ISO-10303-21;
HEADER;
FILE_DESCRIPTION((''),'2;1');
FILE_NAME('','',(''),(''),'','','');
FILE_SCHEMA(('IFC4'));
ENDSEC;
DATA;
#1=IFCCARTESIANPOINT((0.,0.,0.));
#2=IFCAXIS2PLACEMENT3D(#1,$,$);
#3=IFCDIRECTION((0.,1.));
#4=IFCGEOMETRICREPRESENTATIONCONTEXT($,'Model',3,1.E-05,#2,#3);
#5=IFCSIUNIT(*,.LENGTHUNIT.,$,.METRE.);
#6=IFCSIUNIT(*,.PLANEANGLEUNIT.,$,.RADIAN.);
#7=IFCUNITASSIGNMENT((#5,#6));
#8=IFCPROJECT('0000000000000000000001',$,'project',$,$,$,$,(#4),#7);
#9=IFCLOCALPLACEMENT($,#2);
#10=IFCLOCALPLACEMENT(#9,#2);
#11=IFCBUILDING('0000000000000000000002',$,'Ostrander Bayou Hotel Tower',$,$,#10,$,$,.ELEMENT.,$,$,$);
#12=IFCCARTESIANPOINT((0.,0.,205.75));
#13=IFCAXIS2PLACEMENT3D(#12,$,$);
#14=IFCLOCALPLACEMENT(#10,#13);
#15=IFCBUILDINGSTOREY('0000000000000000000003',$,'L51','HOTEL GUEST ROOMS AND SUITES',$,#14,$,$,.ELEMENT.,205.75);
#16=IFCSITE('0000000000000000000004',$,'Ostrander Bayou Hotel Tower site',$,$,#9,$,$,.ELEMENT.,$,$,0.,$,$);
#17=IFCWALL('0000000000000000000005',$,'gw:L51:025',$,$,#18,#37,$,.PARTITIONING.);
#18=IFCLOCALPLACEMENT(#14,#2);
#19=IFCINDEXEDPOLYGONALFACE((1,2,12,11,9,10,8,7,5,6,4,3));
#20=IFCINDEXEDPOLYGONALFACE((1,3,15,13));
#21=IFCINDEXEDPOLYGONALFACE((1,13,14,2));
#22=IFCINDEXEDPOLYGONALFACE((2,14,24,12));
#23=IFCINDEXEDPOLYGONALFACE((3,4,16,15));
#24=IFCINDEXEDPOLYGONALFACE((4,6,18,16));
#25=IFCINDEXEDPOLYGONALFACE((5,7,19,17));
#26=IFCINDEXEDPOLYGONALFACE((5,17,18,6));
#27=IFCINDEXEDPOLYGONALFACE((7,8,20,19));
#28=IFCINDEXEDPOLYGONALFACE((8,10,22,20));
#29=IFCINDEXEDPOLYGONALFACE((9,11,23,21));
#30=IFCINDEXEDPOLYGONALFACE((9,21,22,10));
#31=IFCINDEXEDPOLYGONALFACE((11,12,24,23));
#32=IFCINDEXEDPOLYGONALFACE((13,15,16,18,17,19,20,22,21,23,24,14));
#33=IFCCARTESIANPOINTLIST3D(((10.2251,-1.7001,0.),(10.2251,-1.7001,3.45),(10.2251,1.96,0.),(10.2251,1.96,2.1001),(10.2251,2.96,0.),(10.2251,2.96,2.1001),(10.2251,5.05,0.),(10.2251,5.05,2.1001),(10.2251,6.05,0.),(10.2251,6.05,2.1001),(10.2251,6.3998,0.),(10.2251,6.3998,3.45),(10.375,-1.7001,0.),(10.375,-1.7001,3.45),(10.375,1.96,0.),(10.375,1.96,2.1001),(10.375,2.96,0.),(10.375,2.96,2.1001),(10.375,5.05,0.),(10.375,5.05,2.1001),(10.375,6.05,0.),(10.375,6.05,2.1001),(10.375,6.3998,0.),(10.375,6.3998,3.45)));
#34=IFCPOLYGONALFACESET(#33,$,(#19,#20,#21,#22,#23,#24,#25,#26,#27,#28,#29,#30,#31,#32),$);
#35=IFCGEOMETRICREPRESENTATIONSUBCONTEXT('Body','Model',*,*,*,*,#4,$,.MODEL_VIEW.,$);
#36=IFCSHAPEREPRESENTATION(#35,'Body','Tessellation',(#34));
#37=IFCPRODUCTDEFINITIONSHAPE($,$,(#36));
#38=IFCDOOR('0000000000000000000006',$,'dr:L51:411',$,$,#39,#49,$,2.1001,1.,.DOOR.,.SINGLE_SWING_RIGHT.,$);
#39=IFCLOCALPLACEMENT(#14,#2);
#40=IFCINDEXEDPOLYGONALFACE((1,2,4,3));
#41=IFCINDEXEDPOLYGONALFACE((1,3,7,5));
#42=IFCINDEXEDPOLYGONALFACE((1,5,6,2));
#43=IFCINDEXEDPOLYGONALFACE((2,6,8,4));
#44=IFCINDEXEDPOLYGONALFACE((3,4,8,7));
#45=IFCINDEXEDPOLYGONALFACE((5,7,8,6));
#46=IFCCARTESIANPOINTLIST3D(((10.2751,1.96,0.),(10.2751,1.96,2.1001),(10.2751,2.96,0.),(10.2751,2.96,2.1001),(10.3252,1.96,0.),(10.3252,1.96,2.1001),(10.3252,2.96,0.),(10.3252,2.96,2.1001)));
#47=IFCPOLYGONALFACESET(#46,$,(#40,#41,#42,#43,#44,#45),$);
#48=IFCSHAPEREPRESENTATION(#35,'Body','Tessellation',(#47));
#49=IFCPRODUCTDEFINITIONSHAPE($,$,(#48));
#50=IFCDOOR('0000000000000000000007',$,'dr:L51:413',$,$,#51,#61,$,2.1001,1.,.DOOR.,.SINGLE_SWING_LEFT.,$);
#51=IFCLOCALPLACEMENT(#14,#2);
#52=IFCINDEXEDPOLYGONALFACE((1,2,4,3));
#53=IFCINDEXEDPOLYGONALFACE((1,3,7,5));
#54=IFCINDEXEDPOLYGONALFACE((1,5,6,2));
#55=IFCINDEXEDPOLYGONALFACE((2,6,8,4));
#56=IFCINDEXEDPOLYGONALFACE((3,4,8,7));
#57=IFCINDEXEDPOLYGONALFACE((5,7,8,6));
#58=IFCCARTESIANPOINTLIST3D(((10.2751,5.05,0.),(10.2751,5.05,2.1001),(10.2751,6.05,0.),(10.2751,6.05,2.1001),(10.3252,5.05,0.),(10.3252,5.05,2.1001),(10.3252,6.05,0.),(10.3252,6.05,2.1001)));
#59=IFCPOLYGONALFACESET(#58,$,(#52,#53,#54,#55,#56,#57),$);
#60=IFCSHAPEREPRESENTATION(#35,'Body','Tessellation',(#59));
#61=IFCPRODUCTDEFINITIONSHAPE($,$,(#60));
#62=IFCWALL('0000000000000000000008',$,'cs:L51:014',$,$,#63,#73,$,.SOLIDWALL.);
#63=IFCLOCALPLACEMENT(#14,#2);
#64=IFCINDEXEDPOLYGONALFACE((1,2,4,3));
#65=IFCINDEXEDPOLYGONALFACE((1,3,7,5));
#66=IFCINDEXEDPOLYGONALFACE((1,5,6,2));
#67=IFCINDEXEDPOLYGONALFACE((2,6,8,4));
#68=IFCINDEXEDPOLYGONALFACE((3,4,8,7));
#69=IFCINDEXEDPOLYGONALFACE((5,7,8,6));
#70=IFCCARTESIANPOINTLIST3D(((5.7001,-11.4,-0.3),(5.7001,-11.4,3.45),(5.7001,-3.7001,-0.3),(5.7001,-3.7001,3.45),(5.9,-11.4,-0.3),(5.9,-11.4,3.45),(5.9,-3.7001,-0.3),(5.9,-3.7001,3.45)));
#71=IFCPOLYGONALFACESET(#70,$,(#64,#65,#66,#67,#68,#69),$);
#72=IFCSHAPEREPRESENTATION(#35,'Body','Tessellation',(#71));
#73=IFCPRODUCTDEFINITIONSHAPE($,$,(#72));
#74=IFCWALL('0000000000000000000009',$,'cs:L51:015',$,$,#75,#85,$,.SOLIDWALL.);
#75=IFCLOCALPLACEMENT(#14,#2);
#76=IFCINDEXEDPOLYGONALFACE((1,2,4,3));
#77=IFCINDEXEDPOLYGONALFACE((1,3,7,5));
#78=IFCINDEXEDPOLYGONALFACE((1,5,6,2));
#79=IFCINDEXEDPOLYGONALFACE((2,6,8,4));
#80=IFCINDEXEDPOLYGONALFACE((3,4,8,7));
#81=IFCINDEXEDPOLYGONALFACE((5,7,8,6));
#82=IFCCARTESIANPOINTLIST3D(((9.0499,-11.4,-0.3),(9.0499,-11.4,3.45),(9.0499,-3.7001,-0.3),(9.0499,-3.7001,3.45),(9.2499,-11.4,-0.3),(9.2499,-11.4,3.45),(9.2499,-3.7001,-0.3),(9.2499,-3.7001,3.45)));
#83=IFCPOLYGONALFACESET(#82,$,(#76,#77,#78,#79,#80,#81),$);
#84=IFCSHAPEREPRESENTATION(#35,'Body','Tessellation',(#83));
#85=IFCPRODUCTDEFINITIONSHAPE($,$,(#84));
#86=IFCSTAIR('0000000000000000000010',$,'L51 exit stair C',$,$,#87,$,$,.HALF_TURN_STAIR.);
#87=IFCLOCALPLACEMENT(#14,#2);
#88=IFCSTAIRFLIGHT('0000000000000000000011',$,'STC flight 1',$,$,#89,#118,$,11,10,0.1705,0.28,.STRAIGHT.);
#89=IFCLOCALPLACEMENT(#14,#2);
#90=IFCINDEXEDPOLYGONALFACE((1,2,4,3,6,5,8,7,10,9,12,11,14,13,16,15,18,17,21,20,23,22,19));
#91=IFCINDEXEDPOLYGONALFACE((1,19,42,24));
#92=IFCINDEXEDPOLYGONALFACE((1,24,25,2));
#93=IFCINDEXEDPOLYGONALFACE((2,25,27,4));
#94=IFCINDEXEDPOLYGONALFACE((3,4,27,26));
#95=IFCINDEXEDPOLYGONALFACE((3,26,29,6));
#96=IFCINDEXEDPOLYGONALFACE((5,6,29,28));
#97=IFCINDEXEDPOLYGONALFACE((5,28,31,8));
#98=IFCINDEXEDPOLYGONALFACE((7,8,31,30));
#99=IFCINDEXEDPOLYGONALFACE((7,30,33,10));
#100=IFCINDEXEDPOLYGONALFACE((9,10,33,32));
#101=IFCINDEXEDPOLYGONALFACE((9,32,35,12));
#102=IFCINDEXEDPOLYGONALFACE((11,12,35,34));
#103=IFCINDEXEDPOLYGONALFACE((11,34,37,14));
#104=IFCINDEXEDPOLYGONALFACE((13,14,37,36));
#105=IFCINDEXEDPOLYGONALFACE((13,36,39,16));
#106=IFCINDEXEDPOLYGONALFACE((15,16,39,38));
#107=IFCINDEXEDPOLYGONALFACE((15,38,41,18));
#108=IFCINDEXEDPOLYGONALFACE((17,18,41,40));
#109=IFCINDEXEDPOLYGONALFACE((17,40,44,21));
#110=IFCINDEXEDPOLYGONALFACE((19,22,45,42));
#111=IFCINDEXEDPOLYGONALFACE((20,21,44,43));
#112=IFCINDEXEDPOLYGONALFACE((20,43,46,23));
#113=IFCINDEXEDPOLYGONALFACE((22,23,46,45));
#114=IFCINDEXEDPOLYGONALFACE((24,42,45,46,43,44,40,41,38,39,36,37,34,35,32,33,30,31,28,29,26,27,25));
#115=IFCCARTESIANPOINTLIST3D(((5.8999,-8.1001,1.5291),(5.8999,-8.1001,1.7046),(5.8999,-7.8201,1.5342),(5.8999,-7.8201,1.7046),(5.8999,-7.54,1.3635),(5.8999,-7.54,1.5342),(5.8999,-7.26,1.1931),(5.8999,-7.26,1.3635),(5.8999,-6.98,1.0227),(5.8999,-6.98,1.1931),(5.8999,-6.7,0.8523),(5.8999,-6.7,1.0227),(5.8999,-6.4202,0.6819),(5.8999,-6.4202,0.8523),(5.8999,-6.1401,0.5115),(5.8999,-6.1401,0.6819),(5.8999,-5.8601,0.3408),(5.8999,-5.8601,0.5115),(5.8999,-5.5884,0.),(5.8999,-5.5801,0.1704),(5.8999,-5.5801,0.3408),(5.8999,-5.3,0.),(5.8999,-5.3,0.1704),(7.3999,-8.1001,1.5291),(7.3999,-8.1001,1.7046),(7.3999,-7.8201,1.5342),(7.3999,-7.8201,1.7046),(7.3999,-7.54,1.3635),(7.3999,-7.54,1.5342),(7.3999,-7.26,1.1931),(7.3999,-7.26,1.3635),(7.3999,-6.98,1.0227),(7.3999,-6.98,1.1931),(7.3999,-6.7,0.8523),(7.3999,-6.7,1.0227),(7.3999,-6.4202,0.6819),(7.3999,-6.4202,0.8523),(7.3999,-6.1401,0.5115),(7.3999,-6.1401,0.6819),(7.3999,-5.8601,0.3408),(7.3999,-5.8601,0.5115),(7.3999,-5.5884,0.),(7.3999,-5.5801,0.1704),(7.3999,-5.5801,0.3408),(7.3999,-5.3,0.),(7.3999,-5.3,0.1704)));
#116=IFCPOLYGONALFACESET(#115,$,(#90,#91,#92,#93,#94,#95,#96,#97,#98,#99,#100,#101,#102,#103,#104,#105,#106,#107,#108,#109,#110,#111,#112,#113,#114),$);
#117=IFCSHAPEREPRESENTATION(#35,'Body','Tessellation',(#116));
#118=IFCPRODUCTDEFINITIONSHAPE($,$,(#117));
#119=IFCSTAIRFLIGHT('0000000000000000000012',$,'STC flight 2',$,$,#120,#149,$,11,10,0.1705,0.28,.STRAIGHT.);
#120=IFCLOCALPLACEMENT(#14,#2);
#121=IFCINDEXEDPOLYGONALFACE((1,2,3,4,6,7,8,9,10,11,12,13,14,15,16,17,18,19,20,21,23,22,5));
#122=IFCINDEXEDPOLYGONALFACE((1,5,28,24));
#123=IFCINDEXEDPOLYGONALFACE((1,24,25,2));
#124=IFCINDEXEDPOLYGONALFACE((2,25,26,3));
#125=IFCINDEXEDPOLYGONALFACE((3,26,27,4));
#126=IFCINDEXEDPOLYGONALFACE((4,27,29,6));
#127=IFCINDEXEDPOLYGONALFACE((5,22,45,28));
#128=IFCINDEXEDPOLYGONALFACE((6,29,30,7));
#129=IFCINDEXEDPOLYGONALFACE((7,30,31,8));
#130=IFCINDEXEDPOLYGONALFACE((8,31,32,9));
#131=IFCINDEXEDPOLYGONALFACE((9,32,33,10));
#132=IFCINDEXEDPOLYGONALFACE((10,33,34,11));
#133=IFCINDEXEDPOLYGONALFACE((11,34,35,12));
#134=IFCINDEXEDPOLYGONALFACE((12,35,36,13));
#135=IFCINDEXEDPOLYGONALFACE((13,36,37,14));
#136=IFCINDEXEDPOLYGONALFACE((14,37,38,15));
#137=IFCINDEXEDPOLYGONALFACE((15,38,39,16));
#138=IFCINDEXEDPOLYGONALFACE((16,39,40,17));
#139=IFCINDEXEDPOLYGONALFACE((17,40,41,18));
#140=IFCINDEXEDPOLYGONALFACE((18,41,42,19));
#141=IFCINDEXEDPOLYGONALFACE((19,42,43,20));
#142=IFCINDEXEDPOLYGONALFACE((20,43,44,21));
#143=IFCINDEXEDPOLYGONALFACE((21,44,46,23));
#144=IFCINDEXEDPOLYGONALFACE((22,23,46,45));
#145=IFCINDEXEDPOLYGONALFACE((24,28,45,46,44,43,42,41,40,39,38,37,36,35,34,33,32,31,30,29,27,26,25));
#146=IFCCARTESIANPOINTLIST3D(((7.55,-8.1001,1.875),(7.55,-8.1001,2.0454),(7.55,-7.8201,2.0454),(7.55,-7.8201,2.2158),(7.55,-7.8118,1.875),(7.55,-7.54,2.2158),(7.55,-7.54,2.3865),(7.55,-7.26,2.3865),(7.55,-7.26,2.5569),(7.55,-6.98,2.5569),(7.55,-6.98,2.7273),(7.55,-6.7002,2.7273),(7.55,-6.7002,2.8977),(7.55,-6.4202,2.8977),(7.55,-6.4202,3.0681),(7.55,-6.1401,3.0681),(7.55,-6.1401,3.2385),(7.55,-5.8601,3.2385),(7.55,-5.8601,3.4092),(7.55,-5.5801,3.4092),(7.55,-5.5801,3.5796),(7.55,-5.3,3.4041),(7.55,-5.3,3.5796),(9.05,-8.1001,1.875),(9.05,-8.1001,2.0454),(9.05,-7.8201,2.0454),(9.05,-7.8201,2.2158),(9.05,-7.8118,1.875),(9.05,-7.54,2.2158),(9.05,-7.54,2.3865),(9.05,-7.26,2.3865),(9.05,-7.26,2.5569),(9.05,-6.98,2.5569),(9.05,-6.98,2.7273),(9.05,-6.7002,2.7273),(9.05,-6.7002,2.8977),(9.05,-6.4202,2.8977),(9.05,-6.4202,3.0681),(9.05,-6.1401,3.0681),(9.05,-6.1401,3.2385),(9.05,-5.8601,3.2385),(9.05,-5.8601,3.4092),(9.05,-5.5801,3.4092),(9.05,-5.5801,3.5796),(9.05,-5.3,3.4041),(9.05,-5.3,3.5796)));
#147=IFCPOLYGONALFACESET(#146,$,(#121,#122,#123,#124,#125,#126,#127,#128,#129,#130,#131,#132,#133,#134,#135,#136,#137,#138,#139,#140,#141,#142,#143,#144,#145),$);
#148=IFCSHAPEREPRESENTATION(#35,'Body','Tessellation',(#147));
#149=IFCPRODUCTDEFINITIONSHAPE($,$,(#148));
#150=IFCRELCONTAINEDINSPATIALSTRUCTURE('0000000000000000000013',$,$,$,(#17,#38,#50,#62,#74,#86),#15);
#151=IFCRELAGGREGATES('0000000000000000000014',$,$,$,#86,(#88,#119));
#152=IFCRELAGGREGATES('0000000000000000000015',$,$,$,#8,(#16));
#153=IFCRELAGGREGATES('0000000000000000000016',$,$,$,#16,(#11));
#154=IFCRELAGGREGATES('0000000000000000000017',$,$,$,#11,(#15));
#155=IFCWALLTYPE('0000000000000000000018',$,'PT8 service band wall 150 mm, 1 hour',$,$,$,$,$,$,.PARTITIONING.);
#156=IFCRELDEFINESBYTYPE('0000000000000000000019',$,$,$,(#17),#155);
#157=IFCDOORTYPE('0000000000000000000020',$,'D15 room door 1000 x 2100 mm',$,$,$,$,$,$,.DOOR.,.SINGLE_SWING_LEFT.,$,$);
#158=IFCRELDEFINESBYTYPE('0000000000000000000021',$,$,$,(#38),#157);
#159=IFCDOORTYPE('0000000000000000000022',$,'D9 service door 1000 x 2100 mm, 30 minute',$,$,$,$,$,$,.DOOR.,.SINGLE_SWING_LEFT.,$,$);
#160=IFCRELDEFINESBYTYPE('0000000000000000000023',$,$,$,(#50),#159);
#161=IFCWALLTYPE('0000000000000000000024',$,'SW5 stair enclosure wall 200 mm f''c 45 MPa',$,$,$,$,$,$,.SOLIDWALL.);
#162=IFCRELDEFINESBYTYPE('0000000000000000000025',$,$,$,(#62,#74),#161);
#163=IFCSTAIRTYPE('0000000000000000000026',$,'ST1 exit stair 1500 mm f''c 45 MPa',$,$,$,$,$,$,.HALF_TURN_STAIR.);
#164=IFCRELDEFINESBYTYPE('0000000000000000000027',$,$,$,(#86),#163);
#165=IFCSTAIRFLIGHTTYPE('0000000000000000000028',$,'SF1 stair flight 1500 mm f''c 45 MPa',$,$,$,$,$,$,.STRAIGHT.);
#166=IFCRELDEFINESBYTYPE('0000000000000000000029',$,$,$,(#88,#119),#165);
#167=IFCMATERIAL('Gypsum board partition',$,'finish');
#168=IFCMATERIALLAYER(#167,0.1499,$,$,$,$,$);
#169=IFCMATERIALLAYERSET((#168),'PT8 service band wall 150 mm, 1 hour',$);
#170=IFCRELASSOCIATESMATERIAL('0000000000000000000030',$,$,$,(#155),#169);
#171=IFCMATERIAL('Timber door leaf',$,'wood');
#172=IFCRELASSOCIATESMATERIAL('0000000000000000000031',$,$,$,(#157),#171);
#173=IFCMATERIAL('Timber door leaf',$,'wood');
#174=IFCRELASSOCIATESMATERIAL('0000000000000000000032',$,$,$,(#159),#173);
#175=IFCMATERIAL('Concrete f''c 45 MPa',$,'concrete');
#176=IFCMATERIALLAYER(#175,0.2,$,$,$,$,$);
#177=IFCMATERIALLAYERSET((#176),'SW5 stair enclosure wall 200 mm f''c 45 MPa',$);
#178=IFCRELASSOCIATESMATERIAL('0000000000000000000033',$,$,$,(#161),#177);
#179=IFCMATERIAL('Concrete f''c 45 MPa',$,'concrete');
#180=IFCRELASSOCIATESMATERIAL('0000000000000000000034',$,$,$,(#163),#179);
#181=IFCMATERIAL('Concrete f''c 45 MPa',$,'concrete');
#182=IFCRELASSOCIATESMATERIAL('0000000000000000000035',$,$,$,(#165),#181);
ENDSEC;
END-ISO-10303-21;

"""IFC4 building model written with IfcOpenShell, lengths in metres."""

from ifc_helpers import new_model, si_unit, direction, frame, frame_2d, origin, place, context, subcontext, project, spatial, polyline, rectangle, outline, extrude, material, layer, layer_set, type_object, element, fill, aggregate, save


model = new_model("IFC4")

# Units and contexts
model_context = context("Model", 3, precision=1e-05, world=origin(), true_north=direction((0.0, 1.0)))
body_context = subcontext(model_context, "Body", "Model", "MODEL_VIEW")
ifc_project = project(units=[si_unit("LENGTHUNIT", "METRE"), si_unit("PLANEANGLEUNIT", "RADIAN")], contexts=[model_context])

# Site, building, storey
site_placement = place(None, origin())
site = spatial("IfcSite", under=ifc_project, at=site_placement, Name="Ostrander Bayou Hotel Tower site", CompositionType="ELEMENT", RefElevation=0.0)
building_placement = place(site_placement, origin())
building = spatial("IfcBuilding", under=site, at=building_placement, Name="Ostrander Bayou Hotel Tower", CompositionType="ELEMENT")
storey_placement = place(building_placement, frame((0.0, 0.0, 205.75)))
storey = spatial("IfcBuildingStorey", under=building, at=storey_placement, Name="L51", Description="HOTEL GUEST ROOMS AND SUITES", CompositionType="ELEMENT", Elevation=205.75)

# Shared definitions
ifc_material_1 = material(Name="Gypsum board partition", Category="finish")
ifc_layer_1 = layer(ifc_material_1, 0.1499)
ifc_layer_set_1 = layer_set([ifc_layer_1], Name="PT8 service band wall 150 mm, 1 hour")
wall_type_1 = type_object("IfcWallType", Name="PT8 service band wall 150 mm, 1 hour", PredefinedType="PARTITIONING", material=ifc_layer_set_1)

# Wall, openings, doors
wall_1_placement = place(storey_placement, frame((10.3, -1.7, 0.0), z_axis=(0.0, 0.0, 1.0), x_axis=(0.0, 1.0, 0.0)))
wall_1 = element("IfcWall", 1, at=wall_1_placement, inside=storey, type_object=wall_type_1, Name="gw:L51:025", PredefinedType="PARTITIONING", context=body_context, shape_type="SweptSolid", body=[
    extrude(rectangle(XDim=8.0999, YDim=0.1499, at=frame_2d((4.0498, 0.0))), origin(), (0.0, 0.0, 1.0), 3.45),
])
opening_1_placement = place(wall_1_placement, frame((3.6599, 0.0, 0.0)))
opening_1 = element("IfcOpeningElement", 2, at=opening_1_placement, cuts=wall_1, PredefinedType="OPENING", context=body_context, shape_type="SweptSolid", body=[
    extrude(rectangle(XDim=1.0, YDim=2.1001, at=frame_2d((0.5, 1.05))), frame((0.0, 0.075, 0.0), z_axis=(0.0, -1.0, 0.0), x_axis=(1.0, 0.0, 0.0)), (0.0, 0.0, 1.0), 0.1499),
])
opening_2_placement = place(wall_1_placement, frame((6.75, 0.0, 0.0)))
opening_2 = element("IfcOpeningElement", 3, at=opening_2_placement, cuts=wall_1, PredefinedType="OPENING", context=body_context, shape_type="SweptSolid", body=[
    extrude(rectangle(XDim=1.0, YDim=2.1001, at=frame_2d((0.5, 1.05))), frame((0.0, 0.075, 0.0), z_axis=(0.0, -1.0, 0.0), x_axis=(1.0, 0.0, 0.0)), (0.0, 0.0, 1.0), 0.1499),
])
ifc_material_2 = material(Name="Timber door leaf", Category="wood")
door_type_1 = type_object("IfcDoorType", Name="D15 room door 1000 x 2100 mm", OperationType="SINGLE_SWING_LEFT", PredefinedType="DOOR", material=ifc_material_2)
door_1_placement = place(opening_1_placement, origin())
door_1 = element("IfcDoor", 4, at=door_1_placement, inside=storey, type_object=door_type_1, Name="dr:L51:411", OperationType="SINGLE_SWING_RIGHT", OverallHeight=2.1001, OverallWidth=1.0, PredefinedType="DOOR", context=body_context, shape_type="SweptSolid", body=[
    extrude(rectangle(XDim=1.0, YDim=2.1001, at=frame_2d((0.5, 1.05))), frame((0.0, 0.0249, 0.0), z_axis=(0.0, -1.0, 0.0), x_axis=(1.0, 0.0, 0.0)), (0.0, 0.0, 1.0), 0.05),
])
fill(opening_1, door_1)
ifc_material_3 = material(Name="Timber door leaf", Category="wood")
door_type_2 = type_object("IfcDoorType", Name="D9 service door 1000 x 2100 mm, 30 minute", OperationType="SINGLE_SWING_LEFT", PredefinedType="DOOR", material=ifc_material_3)
door_2_placement = place(opening_2_placement, origin())
door_2 = element("IfcDoor", 5, at=door_2_placement, inside=storey, type_object=door_type_2, Name="dr:L51:413", OperationType="SINGLE_SWING_LEFT", OverallHeight=2.1001, OverallWidth=1.0, PredefinedType="DOOR", context=body_context, shape_type="SweptSolid", body=[
    extrude(rectangle(XDim=1.0, YDim=2.1001, at=frame_2d((0.5, 1.05))), frame((0.0, 0.0249, 0.0), z_axis=(0.0, -1.0, 0.0), x_axis=(1.0, 0.0, 0.0)), (0.0, 0.0, 1.0), 0.05),
])
fill(opening_2, door_2)

# Shared definitions
ifc_material_4 = material(Name="Concrete f'c 45 MPa", Category="concrete")
ifc_layer_2 = layer(ifc_material_4, 0.2)
ifc_layer_set_2 = layer_set([ifc_layer_2], Name="SW5 stair enclosure wall 200 mm f'c 45 MPa")
wall_type_2 = type_object("IfcWallType", Name="SW5 stair enclosure wall 200 mm f'c 45 MPa", PredefinedType="SOLIDWALL", material=ifc_layer_set_2)

# Walls
for number, where, z_axis, x_axis, name in (
    (6, (5.8, -3.7, -0.3), (0.0, 0.0, 1.0), (0.0, -1.0, 0.0), "cs:L51:014"),
    (7, (9.1499, -3.7, -0.3), (0.0, 0.0, 1.0), (0.0, -1.0, 0.0), "cs:L51:015"),
):
    element("IfcWall", number, at=place(storey_placement, frame(where, z_axis=z_axis, x_axis=x_axis)), inside=storey, type_object=wall_type_2, Name=name, PredefinedType="SOLIDWALL", context=body_context, shape_type="SweptSolid", body=[
        extrude(rectangle(XDim=7.7, YDim=0.2, at=frame_2d((3.8501, 0.0))), origin(), (0.0, 0.0, 1.0), 3.75),
    ])

# Stair, stair flights
ifc_material_5 = material(Name="Concrete f'c 45 MPa", Category="concrete")
stair_type = type_object("IfcStairType", Name="ST1 exit stair 1500 mm f'c 45 MPa", PredefinedType="HALF_TURN_STAIR", material=ifc_material_5)
stair_placement = place(storey_placement, origin())
stair = element("IfcStair", 8, at=stair_placement, inside=storey, type_object=stair_type, Name="L51 exit stair C", PredefinedType="HALF_TURN_STAIR")
ifc_material_6 = material(Name="Concrete f'c 45 MPa", Category="concrete")
stair_flight_type = type_object("IfcStairFlightType", Name="SF1 stair flight 1500 mm f'c 45 MPa", PredefinedType="STRAIGHT", material=ifc_material_6)
stair_flight_1_placement = place(storey_placement, frame((6.6499, -5.3, 0.0), z_axis=(0.0, 0.0, 1.0), x_axis=(0.0, -1.0, 0.0)))
stair_flight_1 = element("IfcStairFlight", 9, at=stair_flight_1_placement, type_object=stair_flight_type, Name="STC flight 1", NumberOfRisers=11, NumberOfTreads=10, PredefinedType="STRAIGHT", RiserHeight=0.1705, TreadLength=0.28, context=body_context, shape_type="SweptSolid", body=[
    extrude(outline(polyline([(0.0, 0.0), (0.0, 0.1704), (0.28, 0.1704), (0.28, 0.3408), (0.5601, 0.3408), (0.5601, 0.5115), (0.8401, 0.5115), (0.8401, 0.6819), (1.1201, 0.6819), (1.1201, 0.8523), (1.3999, 0.8523), (1.3999, 1.0227), (1.6799, 1.0227), (1.6799, 1.1931), (1.96, 1.1931), (1.96, 1.3635), (2.24, 1.3635), (2.24, 1.5342), (2.52, 1.5342), (2.52, 1.7046), (2.8, 1.7046), (2.8, 1.875), (2.8, 1.5291), (0.2883, 0.0), (0.0, 0.0)])), frame((0.0, 0.75, 0.0), z_axis=(0.0, -1.0, 0.0), x_axis=(1.0, 0.0, 0.0)), (0.0, 0.0, 1.0), 1.5),
])
stair_flight_2_placement = place(storey_placement, frame((8.3, -8.1001, 1.875), z_axis=(0.0, 0.0, 1.0), x_axis=(0.0, 1.0, 0.0)))
stair_flight_2 = element("IfcStairFlight", 10, at=stair_flight_2_placement, type_object=stair_flight_type, Name="STC flight 2", NumberOfRisers=11, NumberOfTreads=10, PredefinedType="STRAIGHT", RiserHeight=0.1705, TreadLength=0.28, context=body_context, shape_type="SweptSolid", body=[
    extrude(outline(polyline([(0.0, 0.0), (0.0, 0.1704), (0.28, 0.1704), (0.28, 0.3408), (0.5601, 0.3408), (0.5601, 0.5115), (0.8401, 0.5115), (0.8401, 0.6819), (1.1201, 0.6819), (1.1201, 0.8523), (1.3999, 0.8523), (1.3999, 1.0227), (1.6799, 1.0227), (1.6799, 1.1931), (1.96, 1.1931), (1.96, 1.3635), (2.24, 1.3635), (2.24, 1.5342), (2.52, 1.5342), (2.52, 1.7046), (2.8, 1.7046), (2.8, 1.875), (2.8, 1.5291), (0.2883, 0.0), (0.0, 0.0)])), frame((0.0, 0.75, 0.0), z_axis=(0.0, -1.0, 0.0), x_axis=(1.0, 0.0, 0.0)), (0.0, 0.0, 1.0), 1.5),
])
aggregate(stair, [stair_flight_1, stair_flight_2])

save(model, "model.ifc")
